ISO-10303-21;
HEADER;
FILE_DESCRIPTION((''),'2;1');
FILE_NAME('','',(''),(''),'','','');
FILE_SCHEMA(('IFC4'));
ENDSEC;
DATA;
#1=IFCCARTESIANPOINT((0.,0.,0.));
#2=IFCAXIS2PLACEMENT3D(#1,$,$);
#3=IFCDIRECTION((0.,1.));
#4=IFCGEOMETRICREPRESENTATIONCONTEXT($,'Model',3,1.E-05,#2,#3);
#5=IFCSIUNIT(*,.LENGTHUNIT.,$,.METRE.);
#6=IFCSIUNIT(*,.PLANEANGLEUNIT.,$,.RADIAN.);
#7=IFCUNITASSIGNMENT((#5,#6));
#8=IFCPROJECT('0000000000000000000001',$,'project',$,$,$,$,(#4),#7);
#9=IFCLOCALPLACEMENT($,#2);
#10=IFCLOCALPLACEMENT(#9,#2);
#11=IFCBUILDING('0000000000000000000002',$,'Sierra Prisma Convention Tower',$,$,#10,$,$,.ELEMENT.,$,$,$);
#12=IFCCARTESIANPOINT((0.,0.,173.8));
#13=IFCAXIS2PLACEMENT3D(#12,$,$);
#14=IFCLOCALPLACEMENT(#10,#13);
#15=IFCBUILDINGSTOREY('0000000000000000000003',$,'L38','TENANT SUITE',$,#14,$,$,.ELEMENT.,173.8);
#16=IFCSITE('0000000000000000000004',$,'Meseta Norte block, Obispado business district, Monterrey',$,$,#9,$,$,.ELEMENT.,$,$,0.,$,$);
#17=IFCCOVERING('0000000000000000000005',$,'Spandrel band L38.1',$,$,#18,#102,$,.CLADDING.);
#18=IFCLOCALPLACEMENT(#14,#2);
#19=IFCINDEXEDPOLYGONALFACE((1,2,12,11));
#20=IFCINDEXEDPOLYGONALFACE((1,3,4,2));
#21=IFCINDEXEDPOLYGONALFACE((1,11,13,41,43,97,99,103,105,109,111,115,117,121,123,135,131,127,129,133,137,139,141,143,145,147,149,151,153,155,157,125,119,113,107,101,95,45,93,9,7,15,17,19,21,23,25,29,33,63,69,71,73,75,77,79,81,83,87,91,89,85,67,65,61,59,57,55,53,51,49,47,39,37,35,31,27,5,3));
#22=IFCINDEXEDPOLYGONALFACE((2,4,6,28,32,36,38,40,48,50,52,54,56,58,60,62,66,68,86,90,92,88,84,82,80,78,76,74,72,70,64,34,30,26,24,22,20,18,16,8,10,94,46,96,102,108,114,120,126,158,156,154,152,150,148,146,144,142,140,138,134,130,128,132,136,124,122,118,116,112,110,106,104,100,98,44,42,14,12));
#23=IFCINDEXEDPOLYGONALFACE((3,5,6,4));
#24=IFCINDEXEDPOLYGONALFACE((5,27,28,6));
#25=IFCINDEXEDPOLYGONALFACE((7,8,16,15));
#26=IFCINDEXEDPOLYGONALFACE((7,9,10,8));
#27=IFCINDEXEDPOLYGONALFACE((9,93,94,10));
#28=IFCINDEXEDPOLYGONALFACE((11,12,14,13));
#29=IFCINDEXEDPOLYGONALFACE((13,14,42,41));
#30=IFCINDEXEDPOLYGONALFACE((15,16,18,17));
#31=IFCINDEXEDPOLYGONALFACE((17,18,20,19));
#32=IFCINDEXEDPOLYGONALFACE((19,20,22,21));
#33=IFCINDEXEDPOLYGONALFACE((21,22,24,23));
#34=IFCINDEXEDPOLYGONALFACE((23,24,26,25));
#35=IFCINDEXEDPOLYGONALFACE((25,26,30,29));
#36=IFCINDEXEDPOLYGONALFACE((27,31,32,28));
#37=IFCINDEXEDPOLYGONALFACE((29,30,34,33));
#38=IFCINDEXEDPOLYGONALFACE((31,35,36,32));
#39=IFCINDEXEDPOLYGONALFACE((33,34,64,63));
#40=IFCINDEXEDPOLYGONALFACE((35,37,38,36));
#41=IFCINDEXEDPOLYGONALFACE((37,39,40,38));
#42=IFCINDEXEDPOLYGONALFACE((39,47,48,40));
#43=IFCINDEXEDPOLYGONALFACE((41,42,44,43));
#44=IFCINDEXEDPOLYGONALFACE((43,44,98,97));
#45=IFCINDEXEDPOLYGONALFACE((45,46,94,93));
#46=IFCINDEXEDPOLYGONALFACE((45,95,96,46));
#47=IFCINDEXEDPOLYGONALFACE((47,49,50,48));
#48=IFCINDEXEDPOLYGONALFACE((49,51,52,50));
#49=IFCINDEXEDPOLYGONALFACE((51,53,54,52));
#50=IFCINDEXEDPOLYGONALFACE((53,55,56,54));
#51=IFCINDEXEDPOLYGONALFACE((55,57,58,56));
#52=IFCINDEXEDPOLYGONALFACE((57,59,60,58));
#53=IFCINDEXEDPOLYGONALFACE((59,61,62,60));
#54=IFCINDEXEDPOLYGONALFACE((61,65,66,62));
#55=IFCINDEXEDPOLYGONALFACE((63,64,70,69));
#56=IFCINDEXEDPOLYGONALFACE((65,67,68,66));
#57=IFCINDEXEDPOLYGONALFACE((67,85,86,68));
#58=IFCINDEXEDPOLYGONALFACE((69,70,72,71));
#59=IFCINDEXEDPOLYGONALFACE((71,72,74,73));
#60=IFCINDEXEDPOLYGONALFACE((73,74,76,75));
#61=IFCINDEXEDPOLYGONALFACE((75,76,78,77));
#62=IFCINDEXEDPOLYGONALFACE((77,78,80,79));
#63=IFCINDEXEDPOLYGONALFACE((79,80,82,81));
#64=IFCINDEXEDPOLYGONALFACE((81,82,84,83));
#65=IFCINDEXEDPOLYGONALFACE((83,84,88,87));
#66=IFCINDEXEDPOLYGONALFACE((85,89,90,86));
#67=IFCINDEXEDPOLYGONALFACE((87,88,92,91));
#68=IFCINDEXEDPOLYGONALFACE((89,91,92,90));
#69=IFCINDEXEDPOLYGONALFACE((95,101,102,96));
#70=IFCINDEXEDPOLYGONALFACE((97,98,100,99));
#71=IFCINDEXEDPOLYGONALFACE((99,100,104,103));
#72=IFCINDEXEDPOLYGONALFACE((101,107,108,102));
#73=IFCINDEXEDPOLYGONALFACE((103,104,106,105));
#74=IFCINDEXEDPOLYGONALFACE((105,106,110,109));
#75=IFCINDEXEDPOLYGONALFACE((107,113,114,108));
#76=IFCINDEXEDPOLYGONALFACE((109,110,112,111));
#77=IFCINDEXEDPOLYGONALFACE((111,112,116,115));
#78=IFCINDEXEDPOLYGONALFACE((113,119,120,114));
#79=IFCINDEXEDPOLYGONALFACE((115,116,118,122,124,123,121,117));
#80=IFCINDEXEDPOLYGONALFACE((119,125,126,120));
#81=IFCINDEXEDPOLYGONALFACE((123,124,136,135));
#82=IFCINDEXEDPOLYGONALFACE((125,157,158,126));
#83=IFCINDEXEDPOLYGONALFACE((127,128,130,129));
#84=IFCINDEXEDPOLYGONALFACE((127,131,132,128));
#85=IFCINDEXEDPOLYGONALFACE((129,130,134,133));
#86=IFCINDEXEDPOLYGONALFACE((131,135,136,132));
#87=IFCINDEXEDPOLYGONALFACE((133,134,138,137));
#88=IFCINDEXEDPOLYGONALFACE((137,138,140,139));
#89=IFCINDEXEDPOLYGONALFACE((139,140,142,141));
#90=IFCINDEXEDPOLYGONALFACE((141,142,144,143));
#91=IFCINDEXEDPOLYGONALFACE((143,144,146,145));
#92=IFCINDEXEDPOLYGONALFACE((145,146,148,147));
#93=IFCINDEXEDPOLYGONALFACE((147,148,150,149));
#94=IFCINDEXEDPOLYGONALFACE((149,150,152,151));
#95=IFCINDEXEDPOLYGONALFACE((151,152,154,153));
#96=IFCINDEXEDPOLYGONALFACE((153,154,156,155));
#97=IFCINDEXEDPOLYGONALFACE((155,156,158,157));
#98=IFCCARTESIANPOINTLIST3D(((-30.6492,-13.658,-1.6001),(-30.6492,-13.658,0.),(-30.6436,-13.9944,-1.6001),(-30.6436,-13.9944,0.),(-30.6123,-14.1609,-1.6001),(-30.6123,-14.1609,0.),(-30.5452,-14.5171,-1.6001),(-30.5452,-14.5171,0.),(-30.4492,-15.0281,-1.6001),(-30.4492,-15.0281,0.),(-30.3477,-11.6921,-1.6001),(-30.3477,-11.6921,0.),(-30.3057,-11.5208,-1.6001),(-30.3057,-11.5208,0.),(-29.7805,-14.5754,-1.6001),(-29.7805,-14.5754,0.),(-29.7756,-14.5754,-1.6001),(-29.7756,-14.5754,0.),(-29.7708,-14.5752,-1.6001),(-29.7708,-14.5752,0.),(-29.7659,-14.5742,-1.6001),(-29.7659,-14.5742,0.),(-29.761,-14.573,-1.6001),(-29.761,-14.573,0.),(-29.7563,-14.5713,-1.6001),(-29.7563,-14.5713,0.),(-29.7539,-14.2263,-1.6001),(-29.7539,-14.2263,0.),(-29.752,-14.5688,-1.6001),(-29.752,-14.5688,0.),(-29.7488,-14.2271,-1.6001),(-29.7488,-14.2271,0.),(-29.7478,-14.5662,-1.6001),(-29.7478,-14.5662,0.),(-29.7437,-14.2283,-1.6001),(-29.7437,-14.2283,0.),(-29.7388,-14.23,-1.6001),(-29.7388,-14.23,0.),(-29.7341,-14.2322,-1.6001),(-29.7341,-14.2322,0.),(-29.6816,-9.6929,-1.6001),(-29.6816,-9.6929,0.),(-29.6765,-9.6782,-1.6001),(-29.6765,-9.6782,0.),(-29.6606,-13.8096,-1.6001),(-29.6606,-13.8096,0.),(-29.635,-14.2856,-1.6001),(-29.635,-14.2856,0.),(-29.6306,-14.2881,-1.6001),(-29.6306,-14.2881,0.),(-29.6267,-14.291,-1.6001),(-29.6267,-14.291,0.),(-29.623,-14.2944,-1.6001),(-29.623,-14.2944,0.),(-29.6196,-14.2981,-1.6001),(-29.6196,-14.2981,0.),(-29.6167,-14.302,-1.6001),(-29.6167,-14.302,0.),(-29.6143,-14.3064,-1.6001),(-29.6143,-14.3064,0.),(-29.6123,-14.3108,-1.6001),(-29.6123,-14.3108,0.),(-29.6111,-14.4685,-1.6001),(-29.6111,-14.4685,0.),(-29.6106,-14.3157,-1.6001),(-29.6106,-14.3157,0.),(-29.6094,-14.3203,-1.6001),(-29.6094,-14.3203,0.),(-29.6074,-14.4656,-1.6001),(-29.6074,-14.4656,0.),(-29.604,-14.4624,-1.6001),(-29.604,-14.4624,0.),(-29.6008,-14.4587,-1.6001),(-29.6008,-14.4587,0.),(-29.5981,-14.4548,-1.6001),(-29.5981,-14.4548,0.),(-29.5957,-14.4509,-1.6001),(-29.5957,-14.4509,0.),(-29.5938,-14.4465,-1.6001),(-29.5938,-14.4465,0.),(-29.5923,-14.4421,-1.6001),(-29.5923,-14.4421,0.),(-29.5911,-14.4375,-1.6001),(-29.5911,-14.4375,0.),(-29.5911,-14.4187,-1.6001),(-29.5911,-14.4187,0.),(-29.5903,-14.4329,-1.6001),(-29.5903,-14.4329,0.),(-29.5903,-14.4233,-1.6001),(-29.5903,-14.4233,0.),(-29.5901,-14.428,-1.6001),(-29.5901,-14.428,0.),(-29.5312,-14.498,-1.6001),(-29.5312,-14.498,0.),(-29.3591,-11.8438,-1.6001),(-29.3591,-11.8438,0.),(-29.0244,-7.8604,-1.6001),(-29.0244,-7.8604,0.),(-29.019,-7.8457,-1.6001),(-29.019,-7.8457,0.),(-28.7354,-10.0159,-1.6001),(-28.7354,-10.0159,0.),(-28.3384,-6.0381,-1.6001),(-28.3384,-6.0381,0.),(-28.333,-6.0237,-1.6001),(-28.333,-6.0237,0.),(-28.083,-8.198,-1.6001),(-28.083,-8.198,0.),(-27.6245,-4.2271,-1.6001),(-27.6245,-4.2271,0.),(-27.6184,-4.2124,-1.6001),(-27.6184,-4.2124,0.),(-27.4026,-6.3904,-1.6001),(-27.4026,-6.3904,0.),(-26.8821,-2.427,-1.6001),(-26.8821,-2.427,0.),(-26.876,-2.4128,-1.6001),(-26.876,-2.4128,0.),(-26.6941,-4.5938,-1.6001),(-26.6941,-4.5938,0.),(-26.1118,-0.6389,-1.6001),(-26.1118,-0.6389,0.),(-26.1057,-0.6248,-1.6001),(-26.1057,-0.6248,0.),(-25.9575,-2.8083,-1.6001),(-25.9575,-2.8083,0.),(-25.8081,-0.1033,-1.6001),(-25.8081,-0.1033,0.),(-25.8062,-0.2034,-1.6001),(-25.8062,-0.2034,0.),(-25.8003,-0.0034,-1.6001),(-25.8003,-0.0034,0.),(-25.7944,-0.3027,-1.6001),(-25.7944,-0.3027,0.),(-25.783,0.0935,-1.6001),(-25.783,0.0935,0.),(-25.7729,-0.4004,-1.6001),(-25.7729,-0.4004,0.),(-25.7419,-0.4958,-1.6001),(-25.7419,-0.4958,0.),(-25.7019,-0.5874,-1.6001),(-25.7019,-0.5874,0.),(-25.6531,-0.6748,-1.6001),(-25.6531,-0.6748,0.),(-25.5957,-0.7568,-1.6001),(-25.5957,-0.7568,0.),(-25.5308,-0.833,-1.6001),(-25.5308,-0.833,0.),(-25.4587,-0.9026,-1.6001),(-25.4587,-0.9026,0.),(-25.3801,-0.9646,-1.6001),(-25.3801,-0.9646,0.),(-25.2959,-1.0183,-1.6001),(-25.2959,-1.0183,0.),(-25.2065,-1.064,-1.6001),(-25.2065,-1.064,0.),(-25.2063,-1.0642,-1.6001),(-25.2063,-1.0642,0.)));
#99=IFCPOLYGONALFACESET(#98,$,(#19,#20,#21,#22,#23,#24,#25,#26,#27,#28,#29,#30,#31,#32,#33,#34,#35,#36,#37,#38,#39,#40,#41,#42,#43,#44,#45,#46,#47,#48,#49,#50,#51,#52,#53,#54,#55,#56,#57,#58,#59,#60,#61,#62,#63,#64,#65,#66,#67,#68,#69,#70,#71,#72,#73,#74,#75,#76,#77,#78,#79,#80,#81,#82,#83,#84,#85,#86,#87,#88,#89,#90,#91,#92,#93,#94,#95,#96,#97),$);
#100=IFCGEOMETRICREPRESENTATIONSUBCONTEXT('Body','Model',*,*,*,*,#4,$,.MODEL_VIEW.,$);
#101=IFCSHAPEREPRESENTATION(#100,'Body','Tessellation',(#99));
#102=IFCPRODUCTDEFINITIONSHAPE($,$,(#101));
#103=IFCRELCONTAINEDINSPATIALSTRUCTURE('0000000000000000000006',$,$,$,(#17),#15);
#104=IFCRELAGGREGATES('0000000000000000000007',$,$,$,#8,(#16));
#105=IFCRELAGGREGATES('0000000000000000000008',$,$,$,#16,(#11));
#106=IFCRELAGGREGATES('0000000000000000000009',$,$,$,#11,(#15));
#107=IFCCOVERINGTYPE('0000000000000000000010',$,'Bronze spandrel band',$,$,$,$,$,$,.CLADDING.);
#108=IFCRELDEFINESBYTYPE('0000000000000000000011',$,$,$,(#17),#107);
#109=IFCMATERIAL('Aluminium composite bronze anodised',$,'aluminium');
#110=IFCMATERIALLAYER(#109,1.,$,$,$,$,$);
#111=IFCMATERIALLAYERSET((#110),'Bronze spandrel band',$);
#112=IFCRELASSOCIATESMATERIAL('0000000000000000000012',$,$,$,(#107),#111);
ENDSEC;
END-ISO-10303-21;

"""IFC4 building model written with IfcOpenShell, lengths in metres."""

from ifc_helpers import new_model, si_unit, direction, frame, origin, place, context, subcontext, project, spatial, polyline, outline, extrude, material, layer, layer_set, type_object, element, save


model = new_model("IFC4")

# Units and contexts
model_context = context("Model", 3, precision=1e-05, world=origin(), true_north=direction((0.0, 1.0)))
body_context = subcontext(model_context, "Body", "Model", "MODEL_VIEW")
ifc_project = project(units=[si_unit("LENGTHUNIT", "METRE"), si_unit("PLANEANGLEUNIT", "RADIAN")], contexts=[model_context])

# Site, building, storey
site_placement = place(None, origin())
site = spatial("IfcSite", under=ifc_project, at=site_placement, Name="Meseta Norte block, Obispado business district, Monterrey", CompositionType="ELEMENT", RefElevation=0.0)
building_placement = place(site_placement, origin())
building = spatial("IfcBuilding", under=site, at=building_placement, Name="Sierra Prisma Convention Tower", CompositionType="ELEMENT")
storey_placement = place(building_placement, frame((0.0, 0.0, 173.8)))
storey = spatial("IfcBuildingStorey", under=building, at=storey_placement, Name="L38", Description="TENANT SUITE", CompositionType="ELEMENT", Elevation=173.8)

# Covering
ifc_material_1 = material(Name="Aluminium composite bronze anodised", Category="aluminium")
ifc_layer_1 = layer(ifc_material_1, 1.0)
ifc_layer_set_1 = layer_set([ifc_layer_1], Name="Bronze spandrel band")
covering_type_1 = type_object("IfcCoveringType", Name="Bronze spandrel band", PredefinedType="CLADDING", material=ifc_layer_set_1)
covering_1_placement = place(storey_placement, frame((0.0, 0.0, -1.6001)))
element("IfcCovering", 1, at=covering_1_placement, inside=storey, type_object=covering_type_1, Name="Spandrel band L38.1", PredefinedType="CLADDING", context=body_context, shape_type="SweptSolid", body=[
    extrude(outline(polyline([(-29.019, -7.8457), (-28.3384, -6.0381), (-28.333, -6.0237), (-27.6245, -4.2271), (-27.6184, -4.2124), (-26.8821, -2.427), (-26.876, -2.4128), (-26.1118, -0.6389), (-26.1057, -0.6248), (-25.783, 0.0935), (-25.8003, -0.0034), (-25.8081, -0.1033), (-25.8062, -0.2034), (-25.7944, -0.3027), (-25.7729, -0.4004), (-25.7419, -0.4958), (-25.7019, -0.5874), (-25.6531, -0.6748), (-25.5957, -0.7568), (-25.5308, -0.833), (-25.4587, -0.9026), (-25.3801, -0.9646), (-25.2959, -1.0183), (-25.2065, -1.064), (-25.2063, -1.0642), (-25.9575, -2.8083), (-26.6941, -4.5938), (-27.4026, -6.3904), (-28.083, -8.198), (-28.7354, -10.0159), (-29.3591, -11.8438), (-29.6606, -13.8096), (-29.5312, -14.498), (-30.4492, -15.0281), (-30.5452, -14.5171), (-29.7805, -14.5754), (-29.7756, -14.5754), (-29.7708, -14.5752), (-29.7659, -14.5742), (-29.761, -14.573), (-29.7563, -14.5713), (-29.752, -14.5688), (-29.7478, -14.5662), (-29.6111, -14.4685), (-29.6074, -14.4656), (-29.604, -14.4624), (-29.6008, -14.4587), (-29.5981, -14.4548), (-29.5957, -14.4509), (-29.5938, -14.4465), (-29.5923, -14.4421), (-29.5911, -14.4375), (-29.5903, -14.4329), (-29.5901, -14.428), (-29.5903, -14.4233), (-29.5911, -14.4187), (-29.6094, -14.3203), (-29.6106, -14.3157), (-29.6123, -14.3108), (-29.6143, -14.3064), (-29.6167, -14.302), (-29.6196, -14.2981), (-29.623, -14.2944), (-29.6267, -14.291), (-29.6306, -14.2881), (-29.635, -14.2856), (-29.7341, -14.2322), (-29.7388, -14.23), (-29.7437, -14.2283), (-29.7488, -14.2271), (-29.7539, -14.2263), (-30.6123, -14.1609), (-30.6436, -13.9944), (-30.6492, -13.658), (-30.3477, -11.6921), (-30.3057, -11.5208), (-29.6816, -9.6929), (-29.6765, -9.6782), (-29.0244, -7.8604), (-29.019, -7.8457)])), origin(), (0.0, 0.0, 1.0), 1.6001),
])

save(model, "model.ifc")
